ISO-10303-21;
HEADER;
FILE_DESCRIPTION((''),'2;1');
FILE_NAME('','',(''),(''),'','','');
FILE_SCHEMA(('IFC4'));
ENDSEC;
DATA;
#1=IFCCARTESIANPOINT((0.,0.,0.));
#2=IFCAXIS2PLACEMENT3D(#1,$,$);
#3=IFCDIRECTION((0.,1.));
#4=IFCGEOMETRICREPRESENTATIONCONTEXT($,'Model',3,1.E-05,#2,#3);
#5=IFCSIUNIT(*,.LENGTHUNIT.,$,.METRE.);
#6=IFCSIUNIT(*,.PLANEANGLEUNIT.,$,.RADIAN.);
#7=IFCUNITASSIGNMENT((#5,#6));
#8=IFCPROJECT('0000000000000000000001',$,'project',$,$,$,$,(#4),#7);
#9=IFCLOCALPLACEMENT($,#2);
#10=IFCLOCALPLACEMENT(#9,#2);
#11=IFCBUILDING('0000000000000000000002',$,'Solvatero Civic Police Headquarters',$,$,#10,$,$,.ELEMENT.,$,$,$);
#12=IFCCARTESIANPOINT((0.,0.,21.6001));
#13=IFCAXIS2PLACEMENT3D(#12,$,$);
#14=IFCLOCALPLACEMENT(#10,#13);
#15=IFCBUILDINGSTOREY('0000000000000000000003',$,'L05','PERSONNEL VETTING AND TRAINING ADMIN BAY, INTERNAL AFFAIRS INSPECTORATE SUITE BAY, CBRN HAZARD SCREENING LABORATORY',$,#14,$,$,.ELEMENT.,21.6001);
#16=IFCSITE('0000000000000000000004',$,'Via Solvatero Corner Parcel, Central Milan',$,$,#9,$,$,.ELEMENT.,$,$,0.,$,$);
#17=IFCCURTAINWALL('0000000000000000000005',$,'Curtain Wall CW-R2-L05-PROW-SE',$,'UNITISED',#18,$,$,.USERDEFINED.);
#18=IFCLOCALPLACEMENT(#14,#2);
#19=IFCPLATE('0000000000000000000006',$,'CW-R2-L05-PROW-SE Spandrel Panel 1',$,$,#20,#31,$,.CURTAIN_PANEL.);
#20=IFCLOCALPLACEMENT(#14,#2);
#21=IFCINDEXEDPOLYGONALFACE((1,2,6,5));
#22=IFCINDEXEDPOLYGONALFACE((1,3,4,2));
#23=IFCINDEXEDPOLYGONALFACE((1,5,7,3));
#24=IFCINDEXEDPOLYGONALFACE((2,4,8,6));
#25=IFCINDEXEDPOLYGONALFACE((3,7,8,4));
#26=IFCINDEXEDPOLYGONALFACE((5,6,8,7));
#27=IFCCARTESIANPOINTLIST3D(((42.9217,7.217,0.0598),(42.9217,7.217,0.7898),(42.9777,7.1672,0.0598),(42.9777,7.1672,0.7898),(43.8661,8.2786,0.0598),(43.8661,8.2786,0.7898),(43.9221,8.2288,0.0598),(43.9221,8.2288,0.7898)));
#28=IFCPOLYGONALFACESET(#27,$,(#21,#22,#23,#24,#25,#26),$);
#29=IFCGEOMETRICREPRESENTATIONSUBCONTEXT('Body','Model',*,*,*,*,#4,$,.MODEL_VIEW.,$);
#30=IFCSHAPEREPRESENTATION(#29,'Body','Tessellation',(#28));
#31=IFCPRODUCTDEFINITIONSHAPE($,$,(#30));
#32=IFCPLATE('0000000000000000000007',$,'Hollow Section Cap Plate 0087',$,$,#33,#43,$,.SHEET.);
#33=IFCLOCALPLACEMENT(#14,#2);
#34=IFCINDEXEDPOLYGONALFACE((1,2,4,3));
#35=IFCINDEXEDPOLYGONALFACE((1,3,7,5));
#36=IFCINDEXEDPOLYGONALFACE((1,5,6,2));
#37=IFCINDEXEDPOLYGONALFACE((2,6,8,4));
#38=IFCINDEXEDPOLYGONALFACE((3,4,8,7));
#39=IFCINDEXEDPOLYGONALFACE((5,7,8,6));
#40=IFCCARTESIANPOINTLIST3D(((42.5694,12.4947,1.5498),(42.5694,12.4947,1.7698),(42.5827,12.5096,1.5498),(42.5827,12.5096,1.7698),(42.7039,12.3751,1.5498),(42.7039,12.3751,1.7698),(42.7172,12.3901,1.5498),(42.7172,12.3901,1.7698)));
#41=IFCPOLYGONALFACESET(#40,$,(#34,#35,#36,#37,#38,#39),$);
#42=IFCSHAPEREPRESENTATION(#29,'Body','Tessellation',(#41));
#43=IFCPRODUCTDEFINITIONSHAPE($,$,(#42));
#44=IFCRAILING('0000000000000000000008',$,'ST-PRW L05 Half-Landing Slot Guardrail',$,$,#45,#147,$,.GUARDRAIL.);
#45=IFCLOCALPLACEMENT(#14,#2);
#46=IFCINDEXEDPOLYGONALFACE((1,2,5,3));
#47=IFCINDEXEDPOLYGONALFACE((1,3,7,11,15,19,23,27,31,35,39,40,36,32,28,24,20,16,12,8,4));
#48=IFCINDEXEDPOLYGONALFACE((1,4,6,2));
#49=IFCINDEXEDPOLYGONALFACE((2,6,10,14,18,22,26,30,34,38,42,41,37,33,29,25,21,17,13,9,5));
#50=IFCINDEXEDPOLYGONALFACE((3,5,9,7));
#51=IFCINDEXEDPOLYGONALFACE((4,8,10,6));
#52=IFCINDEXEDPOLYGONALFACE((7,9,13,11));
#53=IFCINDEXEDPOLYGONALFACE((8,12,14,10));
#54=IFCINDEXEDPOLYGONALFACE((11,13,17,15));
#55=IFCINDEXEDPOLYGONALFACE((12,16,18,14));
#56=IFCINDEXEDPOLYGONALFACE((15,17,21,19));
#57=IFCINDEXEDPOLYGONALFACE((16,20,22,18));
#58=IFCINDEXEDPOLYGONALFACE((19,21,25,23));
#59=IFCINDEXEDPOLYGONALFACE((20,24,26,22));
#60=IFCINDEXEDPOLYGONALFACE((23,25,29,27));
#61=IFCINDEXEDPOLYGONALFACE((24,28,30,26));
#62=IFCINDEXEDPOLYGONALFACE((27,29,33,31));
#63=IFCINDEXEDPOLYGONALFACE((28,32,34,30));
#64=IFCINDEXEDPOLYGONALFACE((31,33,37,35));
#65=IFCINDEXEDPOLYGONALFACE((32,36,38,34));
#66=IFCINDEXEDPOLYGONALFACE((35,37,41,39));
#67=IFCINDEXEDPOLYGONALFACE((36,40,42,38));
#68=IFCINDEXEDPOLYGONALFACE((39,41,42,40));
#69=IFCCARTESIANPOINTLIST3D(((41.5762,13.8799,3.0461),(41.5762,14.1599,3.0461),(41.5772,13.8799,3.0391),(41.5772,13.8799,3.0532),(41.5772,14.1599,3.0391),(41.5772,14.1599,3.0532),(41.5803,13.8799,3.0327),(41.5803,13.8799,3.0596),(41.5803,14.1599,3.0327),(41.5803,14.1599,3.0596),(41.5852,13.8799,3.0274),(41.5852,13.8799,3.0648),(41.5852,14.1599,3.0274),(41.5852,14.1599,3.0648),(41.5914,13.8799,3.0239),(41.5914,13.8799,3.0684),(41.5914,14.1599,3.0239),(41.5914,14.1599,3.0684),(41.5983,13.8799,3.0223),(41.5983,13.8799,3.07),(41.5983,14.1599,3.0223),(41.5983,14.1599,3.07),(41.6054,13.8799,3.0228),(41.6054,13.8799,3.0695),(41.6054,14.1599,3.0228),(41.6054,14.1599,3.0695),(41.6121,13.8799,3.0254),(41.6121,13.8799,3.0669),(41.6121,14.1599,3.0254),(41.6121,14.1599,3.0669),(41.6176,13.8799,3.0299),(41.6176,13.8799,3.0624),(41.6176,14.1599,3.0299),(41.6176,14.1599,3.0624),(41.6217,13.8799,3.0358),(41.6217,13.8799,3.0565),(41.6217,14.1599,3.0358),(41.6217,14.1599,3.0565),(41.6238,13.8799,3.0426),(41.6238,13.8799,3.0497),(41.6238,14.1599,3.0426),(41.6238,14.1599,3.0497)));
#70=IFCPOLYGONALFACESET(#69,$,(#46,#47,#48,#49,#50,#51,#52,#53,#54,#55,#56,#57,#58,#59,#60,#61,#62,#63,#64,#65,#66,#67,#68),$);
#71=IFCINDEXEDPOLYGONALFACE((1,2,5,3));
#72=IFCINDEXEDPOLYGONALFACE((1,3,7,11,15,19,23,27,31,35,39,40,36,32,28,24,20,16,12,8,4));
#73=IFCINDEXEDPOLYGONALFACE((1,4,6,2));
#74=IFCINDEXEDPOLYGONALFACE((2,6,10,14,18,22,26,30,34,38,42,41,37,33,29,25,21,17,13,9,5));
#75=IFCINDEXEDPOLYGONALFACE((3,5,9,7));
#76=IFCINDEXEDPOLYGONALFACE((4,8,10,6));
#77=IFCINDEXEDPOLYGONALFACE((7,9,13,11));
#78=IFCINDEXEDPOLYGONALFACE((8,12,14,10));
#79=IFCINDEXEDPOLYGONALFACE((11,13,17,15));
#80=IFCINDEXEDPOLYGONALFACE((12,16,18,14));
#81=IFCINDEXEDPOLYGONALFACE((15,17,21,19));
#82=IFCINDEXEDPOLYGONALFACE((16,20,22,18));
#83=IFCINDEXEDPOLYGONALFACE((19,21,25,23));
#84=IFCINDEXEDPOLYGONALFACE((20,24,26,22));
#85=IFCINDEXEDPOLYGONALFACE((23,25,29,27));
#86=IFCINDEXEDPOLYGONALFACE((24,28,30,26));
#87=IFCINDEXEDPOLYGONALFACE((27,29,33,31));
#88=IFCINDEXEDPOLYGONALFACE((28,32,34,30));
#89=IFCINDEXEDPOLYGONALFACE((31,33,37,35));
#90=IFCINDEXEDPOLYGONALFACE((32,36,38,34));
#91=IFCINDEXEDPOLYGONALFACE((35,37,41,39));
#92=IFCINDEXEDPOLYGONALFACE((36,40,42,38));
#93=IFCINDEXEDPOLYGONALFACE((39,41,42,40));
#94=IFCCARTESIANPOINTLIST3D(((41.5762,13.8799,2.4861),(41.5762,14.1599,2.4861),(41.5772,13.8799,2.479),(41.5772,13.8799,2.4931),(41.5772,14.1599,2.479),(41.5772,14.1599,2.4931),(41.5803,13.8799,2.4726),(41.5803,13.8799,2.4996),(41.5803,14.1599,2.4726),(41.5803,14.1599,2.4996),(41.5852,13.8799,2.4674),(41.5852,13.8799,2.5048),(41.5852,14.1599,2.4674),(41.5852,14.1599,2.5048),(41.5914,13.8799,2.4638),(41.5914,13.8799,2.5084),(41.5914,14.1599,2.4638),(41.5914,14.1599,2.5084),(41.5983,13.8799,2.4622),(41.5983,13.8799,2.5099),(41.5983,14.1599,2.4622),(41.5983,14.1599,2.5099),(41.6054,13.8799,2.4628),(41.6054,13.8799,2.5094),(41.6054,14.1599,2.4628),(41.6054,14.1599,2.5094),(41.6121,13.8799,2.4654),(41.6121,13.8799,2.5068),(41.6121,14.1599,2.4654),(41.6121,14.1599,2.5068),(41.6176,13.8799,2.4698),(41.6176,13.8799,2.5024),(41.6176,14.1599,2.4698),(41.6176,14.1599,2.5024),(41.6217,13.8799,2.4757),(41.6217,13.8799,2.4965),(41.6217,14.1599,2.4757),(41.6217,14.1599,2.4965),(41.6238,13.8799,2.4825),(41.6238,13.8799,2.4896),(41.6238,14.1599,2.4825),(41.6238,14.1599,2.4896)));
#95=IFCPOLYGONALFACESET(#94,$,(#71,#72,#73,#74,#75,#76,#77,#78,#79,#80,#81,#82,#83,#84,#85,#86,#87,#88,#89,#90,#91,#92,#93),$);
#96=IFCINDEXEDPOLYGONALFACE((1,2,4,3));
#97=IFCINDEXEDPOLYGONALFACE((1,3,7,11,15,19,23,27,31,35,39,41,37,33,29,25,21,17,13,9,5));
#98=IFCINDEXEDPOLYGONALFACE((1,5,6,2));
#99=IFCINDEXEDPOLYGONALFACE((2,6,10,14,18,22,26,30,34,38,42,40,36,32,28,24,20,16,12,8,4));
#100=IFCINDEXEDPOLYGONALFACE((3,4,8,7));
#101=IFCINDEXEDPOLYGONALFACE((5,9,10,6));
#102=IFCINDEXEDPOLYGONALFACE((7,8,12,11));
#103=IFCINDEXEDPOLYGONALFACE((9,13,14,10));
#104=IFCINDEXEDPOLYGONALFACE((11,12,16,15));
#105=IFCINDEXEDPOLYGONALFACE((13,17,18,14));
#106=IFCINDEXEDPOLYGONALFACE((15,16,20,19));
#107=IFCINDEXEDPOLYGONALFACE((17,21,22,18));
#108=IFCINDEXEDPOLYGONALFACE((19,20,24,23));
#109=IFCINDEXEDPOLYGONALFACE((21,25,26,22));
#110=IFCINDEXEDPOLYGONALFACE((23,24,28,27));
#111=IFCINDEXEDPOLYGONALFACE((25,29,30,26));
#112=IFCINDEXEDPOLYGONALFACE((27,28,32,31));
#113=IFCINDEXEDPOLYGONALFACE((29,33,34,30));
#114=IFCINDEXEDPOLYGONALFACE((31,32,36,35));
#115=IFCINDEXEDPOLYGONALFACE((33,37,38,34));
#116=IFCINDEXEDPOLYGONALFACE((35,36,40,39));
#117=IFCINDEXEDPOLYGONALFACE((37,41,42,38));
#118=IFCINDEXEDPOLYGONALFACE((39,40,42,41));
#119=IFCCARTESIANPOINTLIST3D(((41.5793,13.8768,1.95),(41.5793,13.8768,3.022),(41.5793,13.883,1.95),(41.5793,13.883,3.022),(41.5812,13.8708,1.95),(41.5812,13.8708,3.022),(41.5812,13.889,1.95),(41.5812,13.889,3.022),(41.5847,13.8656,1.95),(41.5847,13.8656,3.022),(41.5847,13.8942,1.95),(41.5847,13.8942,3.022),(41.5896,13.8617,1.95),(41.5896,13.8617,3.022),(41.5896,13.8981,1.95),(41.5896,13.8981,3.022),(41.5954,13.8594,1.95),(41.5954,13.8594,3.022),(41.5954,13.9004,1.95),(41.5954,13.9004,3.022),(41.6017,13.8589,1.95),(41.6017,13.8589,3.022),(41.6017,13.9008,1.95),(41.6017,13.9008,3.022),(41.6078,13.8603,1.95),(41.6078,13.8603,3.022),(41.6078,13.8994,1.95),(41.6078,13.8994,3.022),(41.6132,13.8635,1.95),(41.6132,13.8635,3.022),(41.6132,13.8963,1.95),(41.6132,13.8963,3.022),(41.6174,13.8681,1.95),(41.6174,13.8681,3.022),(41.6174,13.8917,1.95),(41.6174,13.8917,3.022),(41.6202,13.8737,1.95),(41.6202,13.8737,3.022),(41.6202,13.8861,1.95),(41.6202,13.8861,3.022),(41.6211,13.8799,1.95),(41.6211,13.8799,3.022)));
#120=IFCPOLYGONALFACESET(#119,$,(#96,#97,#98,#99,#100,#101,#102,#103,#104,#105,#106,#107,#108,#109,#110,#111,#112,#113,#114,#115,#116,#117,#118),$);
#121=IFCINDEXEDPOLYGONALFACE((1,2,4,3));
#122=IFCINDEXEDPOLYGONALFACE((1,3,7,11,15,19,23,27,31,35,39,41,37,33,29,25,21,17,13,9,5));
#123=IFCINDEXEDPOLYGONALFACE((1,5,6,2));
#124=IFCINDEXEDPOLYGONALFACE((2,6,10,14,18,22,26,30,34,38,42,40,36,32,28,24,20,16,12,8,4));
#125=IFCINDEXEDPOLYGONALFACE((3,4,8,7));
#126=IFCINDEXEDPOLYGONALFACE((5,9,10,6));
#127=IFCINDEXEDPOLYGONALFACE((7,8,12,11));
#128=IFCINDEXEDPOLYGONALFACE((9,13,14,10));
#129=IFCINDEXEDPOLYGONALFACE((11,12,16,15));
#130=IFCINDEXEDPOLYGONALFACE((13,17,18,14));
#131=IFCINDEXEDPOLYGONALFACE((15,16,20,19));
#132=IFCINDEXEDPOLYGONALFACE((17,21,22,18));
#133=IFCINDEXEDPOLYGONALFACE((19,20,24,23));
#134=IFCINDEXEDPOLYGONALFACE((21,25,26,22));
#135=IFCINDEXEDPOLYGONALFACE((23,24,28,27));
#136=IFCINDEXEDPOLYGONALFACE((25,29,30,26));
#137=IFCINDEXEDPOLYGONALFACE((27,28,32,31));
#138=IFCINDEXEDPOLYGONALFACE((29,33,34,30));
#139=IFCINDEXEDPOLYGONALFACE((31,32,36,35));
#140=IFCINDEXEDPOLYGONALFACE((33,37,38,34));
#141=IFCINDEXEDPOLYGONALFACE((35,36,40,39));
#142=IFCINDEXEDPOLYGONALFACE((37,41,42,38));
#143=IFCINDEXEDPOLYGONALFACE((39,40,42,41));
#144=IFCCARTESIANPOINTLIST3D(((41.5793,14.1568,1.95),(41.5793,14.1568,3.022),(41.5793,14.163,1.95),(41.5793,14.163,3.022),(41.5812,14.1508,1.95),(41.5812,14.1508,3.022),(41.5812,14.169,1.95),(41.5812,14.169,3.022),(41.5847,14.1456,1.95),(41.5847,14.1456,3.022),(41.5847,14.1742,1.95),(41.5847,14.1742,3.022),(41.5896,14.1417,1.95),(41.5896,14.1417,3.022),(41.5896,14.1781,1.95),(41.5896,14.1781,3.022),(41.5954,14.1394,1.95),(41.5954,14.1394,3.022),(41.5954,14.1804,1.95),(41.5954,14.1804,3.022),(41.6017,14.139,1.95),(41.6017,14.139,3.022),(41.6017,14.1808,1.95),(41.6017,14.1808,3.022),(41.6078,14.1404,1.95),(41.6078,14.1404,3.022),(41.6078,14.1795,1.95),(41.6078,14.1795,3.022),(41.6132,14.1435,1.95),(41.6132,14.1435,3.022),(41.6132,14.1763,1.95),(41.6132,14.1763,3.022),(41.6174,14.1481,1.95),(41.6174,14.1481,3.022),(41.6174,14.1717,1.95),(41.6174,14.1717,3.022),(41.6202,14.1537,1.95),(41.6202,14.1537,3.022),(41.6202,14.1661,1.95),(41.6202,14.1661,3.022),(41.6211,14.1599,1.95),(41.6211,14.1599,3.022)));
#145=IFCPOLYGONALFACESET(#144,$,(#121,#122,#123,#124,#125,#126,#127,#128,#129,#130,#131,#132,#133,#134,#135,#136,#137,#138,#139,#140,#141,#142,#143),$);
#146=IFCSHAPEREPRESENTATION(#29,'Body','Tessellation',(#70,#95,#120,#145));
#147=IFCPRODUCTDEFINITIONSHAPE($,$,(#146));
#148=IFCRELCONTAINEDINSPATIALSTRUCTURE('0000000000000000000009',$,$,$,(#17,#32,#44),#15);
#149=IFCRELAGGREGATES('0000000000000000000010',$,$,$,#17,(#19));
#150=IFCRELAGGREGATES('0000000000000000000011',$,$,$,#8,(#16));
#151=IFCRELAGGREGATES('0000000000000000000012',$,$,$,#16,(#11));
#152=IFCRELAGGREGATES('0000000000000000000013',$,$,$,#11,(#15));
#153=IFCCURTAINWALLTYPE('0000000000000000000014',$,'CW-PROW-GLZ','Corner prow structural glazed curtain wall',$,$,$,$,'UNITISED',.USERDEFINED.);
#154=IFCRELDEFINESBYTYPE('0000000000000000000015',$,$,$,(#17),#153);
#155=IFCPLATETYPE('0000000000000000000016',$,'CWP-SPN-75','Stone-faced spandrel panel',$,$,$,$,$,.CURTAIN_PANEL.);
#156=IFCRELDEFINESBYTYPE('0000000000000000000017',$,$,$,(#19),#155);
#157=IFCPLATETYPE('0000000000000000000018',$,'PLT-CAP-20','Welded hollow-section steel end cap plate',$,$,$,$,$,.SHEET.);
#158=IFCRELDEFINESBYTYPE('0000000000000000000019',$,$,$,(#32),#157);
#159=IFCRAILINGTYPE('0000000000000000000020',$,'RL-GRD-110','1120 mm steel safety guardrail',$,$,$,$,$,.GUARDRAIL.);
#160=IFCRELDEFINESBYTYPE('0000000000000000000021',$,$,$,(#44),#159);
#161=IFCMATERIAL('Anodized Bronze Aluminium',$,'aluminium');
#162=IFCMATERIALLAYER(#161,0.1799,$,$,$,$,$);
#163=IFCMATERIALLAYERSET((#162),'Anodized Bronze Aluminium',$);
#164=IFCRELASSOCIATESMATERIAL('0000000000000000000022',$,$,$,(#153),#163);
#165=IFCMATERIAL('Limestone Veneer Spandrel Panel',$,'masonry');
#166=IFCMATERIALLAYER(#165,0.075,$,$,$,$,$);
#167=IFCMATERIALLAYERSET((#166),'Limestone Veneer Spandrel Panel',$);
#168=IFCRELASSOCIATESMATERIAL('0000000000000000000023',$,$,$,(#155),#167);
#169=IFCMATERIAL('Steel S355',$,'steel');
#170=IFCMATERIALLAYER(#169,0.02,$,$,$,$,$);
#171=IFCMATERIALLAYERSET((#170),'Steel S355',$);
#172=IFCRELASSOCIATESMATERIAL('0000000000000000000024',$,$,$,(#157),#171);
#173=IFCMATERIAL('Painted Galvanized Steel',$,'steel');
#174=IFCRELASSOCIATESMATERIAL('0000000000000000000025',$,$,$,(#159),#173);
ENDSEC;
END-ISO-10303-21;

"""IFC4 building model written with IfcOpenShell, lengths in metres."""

from ifc_helpers import new_model, si_unit, direction, frame, origin, origin_2d, place, context, subcontext, project, spatial, rectangle, circle, extrude, material, layer, layer_set, type_object, element, aggregate, save


model = new_model("IFC4")

# Units and contexts
model_context = context("Model", 3, precision=1e-05, world=origin(), true_north=direction((0.0, 1.0)))
body_context = subcontext(model_context, "Body", "Model", "MODEL_VIEW")
ifc_project = project(units=[si_unit("LENGTHUNIT", "METRE"), si_unit("PLANEANGLEUNIT", "RADIAN")], contexts=[model_context])

# Site, building, storey
site_placement = place(None, origin())
site = spatial("IfcSite", under=ifc_project, at=site_placement, Name="Via Solvatero Corner Parcel, Central Milan", CompositionType="ELEMENT", RefElevation=0.0)
building_placement = place(site_placement, origin())
building = spatial("IfcBuilding", under=site, at=building_placement, Name="Solvatero Civic Police Headquarters", CompositionType="ELEMENT")
storey_placement = place(building_placement, frame((0.0, 0.0, 21.6001)))
storey = spatial("IfcBuildingStorey", under=building, at=storey_placement, Name="L05", Description="PERSONNEL VETTING AND TRAINING ADMIN BAY, INTERNAL AFFAIRS INSPECTORATE SUITE BAY, CBRN HAZARD SCREENING LABORATORY", CompositionType="ELEMENT", Elevation=21.6001)

# Shared definitions
ifc_material_1 = material(Name="Steel S355", Category="steel")

# Curtain wall
ifc_material_2 = material(Name="Anodized Bronze Aluminium", Category="aluminium")
ifc_layer_1 = layer(ifc_material_2, 0.1799)
ifc_layer_set_1 = layer_set([ifc_layer_1], Name="Anodized Bronze Aluminium")
curtain_wall_type = type_object("IfcCurtainWallType", Name="CW-PROW-GLZ", Description="Corner prow structural glazed curtain wall", ElementType="UNITISED", PredefinedType="USERDEFINED", material=ifc_layer_set_1)
curtain_wall_1_placement = place(storey_placement, origin())
curtain_wall_1 = element("IfcCurtainWall", 1, at=curtain_wall_1_placement, inside=storey, type_object=curtain_wall_type, Name="Curtain Wall CW-R2-L05-PROW-SE", ObjectType="UNITISED", PredefinedType="USERDEFINED")

# Plates
ifc_material_3 = material(Name="Limestone Veneer Spandrel Panel", Category="masonry")
ifc_layer_2 = layer(ifc_material_3, 0.075)
ifc_layer_set_2 = layer_set([ifc_layer_2], Name="Limestone Veneer Spandrel Panel")
plate_type_1 = type_object("IfcPlateType", Name="CWP-SPN-75", Description="Stone-faced spandrel panel", PredefinedType="CURTAIN_PANEL", material=ifc_layer_set_2)
plate_1_placement = place(storey_placement, frame((43.4219, 7.7229, 0.0598), z_axis=(0.0, 0.0, 1.0), x_axis=(0.664657, 0.747149, 0.0)))
plate_1 = element("IfcPlate", 2, at=plate_1_placement, type_object=plate_type_1, Name="CW-R2-L05-PROW-SE Spandrel Panel 1", PredefinedType="CURTAIN_PANEL", context=body_context, shape_type="SweptSolid", body=[
    extrude(rectangle(XDim=1.4209, YDim=0.075, at=origin_2d()), origin(), (0.0, 0.0, 1.0), 0.73),
])
aggregate(curtain_wall_1, [plate_1])
ifc_layer_3 = layer(ifc_material_1, 0.02)
ifc_layer_set_3 = layer_set([ifc_layer_3], Name="Steel S355")
plate_type_2 = type_object("IfcPlateType", Name="PLT-CAP-20", Description="Welded hollow-section steel end cap plate", PredefinedType="SHEET", material=ifc_layer_set_3)
plate_2_placement = place(storey_placement, frame((42.6433, 12.4424, 1.5498), z_axis=(0.0, 0.0, 1.0), x_axis=(0.66437, 0.747404, 0.0)))
element("IfcPlate", 3, at=plate_2_placement, inside=storey, type_object=plate_type_2, Name="Hollow Section Cap Plate 0087", PredefinedType="SHEET", context=body_context, shape_type="SweptSolid", body=[
    extrude(rectangle(XDim=0.02, YDim=0.1799, at=origin_2d()), origin(), (0.0, 0.0, 1.0), 0.22),
])

# Railing
ifc_material_4 = material(Name="Painted Galvanized Steel", Category="steel")
railing_type_1 = type_object("IfcRailingType", Name="RL-GRD-110", Description="1120 mm steel safety guardrail", PredefinedType="GUARDRAIL", material=ifc_material_4)
railing_1_placement = place(storey_placement, frame((41.6001, 13.8799, 1.95)))
element("IfcRailing", 4, at=railing_1_placement, inside=storey, type_object=railing_type_1, Name="ST-PRW L05 Half-Landing Slot Guardrail", PredefinedType="GUARDRAIL", context=body_context, shape_type="SweptSolid", body=[
    extrude(circle(Radius=0.0239, at=origin_2d()), frame((0.0, 0.0, 1.0962), z_axis=(0.0, 1.0, 0.0), x_axis=(-1.0, 0.0, 0.0)), (0.0, 0.0, 1.0), 0.28),
    extrude(circle(Radius=0.0239, at=origin_2d()), frame((0.0, 0.0, 0.5361), z_axis=(0.0, 1.0, 0.0), x_axis=(-1.0, 0.0, 0.0)), (0.0, 0.0, 1.0), 0.28),
    extrude(circle(Radius=0.021, at=origin_2d()), origin(), (0.0, 0.0, 1.0), 1.072),
    extrude(circle(Radius=0.021, at=origin_2d()), frame((0.0, 0.28, 0.0)), (0.0, 0.0, 1.0), 1.072),
])

save(model, "model.ifc")
